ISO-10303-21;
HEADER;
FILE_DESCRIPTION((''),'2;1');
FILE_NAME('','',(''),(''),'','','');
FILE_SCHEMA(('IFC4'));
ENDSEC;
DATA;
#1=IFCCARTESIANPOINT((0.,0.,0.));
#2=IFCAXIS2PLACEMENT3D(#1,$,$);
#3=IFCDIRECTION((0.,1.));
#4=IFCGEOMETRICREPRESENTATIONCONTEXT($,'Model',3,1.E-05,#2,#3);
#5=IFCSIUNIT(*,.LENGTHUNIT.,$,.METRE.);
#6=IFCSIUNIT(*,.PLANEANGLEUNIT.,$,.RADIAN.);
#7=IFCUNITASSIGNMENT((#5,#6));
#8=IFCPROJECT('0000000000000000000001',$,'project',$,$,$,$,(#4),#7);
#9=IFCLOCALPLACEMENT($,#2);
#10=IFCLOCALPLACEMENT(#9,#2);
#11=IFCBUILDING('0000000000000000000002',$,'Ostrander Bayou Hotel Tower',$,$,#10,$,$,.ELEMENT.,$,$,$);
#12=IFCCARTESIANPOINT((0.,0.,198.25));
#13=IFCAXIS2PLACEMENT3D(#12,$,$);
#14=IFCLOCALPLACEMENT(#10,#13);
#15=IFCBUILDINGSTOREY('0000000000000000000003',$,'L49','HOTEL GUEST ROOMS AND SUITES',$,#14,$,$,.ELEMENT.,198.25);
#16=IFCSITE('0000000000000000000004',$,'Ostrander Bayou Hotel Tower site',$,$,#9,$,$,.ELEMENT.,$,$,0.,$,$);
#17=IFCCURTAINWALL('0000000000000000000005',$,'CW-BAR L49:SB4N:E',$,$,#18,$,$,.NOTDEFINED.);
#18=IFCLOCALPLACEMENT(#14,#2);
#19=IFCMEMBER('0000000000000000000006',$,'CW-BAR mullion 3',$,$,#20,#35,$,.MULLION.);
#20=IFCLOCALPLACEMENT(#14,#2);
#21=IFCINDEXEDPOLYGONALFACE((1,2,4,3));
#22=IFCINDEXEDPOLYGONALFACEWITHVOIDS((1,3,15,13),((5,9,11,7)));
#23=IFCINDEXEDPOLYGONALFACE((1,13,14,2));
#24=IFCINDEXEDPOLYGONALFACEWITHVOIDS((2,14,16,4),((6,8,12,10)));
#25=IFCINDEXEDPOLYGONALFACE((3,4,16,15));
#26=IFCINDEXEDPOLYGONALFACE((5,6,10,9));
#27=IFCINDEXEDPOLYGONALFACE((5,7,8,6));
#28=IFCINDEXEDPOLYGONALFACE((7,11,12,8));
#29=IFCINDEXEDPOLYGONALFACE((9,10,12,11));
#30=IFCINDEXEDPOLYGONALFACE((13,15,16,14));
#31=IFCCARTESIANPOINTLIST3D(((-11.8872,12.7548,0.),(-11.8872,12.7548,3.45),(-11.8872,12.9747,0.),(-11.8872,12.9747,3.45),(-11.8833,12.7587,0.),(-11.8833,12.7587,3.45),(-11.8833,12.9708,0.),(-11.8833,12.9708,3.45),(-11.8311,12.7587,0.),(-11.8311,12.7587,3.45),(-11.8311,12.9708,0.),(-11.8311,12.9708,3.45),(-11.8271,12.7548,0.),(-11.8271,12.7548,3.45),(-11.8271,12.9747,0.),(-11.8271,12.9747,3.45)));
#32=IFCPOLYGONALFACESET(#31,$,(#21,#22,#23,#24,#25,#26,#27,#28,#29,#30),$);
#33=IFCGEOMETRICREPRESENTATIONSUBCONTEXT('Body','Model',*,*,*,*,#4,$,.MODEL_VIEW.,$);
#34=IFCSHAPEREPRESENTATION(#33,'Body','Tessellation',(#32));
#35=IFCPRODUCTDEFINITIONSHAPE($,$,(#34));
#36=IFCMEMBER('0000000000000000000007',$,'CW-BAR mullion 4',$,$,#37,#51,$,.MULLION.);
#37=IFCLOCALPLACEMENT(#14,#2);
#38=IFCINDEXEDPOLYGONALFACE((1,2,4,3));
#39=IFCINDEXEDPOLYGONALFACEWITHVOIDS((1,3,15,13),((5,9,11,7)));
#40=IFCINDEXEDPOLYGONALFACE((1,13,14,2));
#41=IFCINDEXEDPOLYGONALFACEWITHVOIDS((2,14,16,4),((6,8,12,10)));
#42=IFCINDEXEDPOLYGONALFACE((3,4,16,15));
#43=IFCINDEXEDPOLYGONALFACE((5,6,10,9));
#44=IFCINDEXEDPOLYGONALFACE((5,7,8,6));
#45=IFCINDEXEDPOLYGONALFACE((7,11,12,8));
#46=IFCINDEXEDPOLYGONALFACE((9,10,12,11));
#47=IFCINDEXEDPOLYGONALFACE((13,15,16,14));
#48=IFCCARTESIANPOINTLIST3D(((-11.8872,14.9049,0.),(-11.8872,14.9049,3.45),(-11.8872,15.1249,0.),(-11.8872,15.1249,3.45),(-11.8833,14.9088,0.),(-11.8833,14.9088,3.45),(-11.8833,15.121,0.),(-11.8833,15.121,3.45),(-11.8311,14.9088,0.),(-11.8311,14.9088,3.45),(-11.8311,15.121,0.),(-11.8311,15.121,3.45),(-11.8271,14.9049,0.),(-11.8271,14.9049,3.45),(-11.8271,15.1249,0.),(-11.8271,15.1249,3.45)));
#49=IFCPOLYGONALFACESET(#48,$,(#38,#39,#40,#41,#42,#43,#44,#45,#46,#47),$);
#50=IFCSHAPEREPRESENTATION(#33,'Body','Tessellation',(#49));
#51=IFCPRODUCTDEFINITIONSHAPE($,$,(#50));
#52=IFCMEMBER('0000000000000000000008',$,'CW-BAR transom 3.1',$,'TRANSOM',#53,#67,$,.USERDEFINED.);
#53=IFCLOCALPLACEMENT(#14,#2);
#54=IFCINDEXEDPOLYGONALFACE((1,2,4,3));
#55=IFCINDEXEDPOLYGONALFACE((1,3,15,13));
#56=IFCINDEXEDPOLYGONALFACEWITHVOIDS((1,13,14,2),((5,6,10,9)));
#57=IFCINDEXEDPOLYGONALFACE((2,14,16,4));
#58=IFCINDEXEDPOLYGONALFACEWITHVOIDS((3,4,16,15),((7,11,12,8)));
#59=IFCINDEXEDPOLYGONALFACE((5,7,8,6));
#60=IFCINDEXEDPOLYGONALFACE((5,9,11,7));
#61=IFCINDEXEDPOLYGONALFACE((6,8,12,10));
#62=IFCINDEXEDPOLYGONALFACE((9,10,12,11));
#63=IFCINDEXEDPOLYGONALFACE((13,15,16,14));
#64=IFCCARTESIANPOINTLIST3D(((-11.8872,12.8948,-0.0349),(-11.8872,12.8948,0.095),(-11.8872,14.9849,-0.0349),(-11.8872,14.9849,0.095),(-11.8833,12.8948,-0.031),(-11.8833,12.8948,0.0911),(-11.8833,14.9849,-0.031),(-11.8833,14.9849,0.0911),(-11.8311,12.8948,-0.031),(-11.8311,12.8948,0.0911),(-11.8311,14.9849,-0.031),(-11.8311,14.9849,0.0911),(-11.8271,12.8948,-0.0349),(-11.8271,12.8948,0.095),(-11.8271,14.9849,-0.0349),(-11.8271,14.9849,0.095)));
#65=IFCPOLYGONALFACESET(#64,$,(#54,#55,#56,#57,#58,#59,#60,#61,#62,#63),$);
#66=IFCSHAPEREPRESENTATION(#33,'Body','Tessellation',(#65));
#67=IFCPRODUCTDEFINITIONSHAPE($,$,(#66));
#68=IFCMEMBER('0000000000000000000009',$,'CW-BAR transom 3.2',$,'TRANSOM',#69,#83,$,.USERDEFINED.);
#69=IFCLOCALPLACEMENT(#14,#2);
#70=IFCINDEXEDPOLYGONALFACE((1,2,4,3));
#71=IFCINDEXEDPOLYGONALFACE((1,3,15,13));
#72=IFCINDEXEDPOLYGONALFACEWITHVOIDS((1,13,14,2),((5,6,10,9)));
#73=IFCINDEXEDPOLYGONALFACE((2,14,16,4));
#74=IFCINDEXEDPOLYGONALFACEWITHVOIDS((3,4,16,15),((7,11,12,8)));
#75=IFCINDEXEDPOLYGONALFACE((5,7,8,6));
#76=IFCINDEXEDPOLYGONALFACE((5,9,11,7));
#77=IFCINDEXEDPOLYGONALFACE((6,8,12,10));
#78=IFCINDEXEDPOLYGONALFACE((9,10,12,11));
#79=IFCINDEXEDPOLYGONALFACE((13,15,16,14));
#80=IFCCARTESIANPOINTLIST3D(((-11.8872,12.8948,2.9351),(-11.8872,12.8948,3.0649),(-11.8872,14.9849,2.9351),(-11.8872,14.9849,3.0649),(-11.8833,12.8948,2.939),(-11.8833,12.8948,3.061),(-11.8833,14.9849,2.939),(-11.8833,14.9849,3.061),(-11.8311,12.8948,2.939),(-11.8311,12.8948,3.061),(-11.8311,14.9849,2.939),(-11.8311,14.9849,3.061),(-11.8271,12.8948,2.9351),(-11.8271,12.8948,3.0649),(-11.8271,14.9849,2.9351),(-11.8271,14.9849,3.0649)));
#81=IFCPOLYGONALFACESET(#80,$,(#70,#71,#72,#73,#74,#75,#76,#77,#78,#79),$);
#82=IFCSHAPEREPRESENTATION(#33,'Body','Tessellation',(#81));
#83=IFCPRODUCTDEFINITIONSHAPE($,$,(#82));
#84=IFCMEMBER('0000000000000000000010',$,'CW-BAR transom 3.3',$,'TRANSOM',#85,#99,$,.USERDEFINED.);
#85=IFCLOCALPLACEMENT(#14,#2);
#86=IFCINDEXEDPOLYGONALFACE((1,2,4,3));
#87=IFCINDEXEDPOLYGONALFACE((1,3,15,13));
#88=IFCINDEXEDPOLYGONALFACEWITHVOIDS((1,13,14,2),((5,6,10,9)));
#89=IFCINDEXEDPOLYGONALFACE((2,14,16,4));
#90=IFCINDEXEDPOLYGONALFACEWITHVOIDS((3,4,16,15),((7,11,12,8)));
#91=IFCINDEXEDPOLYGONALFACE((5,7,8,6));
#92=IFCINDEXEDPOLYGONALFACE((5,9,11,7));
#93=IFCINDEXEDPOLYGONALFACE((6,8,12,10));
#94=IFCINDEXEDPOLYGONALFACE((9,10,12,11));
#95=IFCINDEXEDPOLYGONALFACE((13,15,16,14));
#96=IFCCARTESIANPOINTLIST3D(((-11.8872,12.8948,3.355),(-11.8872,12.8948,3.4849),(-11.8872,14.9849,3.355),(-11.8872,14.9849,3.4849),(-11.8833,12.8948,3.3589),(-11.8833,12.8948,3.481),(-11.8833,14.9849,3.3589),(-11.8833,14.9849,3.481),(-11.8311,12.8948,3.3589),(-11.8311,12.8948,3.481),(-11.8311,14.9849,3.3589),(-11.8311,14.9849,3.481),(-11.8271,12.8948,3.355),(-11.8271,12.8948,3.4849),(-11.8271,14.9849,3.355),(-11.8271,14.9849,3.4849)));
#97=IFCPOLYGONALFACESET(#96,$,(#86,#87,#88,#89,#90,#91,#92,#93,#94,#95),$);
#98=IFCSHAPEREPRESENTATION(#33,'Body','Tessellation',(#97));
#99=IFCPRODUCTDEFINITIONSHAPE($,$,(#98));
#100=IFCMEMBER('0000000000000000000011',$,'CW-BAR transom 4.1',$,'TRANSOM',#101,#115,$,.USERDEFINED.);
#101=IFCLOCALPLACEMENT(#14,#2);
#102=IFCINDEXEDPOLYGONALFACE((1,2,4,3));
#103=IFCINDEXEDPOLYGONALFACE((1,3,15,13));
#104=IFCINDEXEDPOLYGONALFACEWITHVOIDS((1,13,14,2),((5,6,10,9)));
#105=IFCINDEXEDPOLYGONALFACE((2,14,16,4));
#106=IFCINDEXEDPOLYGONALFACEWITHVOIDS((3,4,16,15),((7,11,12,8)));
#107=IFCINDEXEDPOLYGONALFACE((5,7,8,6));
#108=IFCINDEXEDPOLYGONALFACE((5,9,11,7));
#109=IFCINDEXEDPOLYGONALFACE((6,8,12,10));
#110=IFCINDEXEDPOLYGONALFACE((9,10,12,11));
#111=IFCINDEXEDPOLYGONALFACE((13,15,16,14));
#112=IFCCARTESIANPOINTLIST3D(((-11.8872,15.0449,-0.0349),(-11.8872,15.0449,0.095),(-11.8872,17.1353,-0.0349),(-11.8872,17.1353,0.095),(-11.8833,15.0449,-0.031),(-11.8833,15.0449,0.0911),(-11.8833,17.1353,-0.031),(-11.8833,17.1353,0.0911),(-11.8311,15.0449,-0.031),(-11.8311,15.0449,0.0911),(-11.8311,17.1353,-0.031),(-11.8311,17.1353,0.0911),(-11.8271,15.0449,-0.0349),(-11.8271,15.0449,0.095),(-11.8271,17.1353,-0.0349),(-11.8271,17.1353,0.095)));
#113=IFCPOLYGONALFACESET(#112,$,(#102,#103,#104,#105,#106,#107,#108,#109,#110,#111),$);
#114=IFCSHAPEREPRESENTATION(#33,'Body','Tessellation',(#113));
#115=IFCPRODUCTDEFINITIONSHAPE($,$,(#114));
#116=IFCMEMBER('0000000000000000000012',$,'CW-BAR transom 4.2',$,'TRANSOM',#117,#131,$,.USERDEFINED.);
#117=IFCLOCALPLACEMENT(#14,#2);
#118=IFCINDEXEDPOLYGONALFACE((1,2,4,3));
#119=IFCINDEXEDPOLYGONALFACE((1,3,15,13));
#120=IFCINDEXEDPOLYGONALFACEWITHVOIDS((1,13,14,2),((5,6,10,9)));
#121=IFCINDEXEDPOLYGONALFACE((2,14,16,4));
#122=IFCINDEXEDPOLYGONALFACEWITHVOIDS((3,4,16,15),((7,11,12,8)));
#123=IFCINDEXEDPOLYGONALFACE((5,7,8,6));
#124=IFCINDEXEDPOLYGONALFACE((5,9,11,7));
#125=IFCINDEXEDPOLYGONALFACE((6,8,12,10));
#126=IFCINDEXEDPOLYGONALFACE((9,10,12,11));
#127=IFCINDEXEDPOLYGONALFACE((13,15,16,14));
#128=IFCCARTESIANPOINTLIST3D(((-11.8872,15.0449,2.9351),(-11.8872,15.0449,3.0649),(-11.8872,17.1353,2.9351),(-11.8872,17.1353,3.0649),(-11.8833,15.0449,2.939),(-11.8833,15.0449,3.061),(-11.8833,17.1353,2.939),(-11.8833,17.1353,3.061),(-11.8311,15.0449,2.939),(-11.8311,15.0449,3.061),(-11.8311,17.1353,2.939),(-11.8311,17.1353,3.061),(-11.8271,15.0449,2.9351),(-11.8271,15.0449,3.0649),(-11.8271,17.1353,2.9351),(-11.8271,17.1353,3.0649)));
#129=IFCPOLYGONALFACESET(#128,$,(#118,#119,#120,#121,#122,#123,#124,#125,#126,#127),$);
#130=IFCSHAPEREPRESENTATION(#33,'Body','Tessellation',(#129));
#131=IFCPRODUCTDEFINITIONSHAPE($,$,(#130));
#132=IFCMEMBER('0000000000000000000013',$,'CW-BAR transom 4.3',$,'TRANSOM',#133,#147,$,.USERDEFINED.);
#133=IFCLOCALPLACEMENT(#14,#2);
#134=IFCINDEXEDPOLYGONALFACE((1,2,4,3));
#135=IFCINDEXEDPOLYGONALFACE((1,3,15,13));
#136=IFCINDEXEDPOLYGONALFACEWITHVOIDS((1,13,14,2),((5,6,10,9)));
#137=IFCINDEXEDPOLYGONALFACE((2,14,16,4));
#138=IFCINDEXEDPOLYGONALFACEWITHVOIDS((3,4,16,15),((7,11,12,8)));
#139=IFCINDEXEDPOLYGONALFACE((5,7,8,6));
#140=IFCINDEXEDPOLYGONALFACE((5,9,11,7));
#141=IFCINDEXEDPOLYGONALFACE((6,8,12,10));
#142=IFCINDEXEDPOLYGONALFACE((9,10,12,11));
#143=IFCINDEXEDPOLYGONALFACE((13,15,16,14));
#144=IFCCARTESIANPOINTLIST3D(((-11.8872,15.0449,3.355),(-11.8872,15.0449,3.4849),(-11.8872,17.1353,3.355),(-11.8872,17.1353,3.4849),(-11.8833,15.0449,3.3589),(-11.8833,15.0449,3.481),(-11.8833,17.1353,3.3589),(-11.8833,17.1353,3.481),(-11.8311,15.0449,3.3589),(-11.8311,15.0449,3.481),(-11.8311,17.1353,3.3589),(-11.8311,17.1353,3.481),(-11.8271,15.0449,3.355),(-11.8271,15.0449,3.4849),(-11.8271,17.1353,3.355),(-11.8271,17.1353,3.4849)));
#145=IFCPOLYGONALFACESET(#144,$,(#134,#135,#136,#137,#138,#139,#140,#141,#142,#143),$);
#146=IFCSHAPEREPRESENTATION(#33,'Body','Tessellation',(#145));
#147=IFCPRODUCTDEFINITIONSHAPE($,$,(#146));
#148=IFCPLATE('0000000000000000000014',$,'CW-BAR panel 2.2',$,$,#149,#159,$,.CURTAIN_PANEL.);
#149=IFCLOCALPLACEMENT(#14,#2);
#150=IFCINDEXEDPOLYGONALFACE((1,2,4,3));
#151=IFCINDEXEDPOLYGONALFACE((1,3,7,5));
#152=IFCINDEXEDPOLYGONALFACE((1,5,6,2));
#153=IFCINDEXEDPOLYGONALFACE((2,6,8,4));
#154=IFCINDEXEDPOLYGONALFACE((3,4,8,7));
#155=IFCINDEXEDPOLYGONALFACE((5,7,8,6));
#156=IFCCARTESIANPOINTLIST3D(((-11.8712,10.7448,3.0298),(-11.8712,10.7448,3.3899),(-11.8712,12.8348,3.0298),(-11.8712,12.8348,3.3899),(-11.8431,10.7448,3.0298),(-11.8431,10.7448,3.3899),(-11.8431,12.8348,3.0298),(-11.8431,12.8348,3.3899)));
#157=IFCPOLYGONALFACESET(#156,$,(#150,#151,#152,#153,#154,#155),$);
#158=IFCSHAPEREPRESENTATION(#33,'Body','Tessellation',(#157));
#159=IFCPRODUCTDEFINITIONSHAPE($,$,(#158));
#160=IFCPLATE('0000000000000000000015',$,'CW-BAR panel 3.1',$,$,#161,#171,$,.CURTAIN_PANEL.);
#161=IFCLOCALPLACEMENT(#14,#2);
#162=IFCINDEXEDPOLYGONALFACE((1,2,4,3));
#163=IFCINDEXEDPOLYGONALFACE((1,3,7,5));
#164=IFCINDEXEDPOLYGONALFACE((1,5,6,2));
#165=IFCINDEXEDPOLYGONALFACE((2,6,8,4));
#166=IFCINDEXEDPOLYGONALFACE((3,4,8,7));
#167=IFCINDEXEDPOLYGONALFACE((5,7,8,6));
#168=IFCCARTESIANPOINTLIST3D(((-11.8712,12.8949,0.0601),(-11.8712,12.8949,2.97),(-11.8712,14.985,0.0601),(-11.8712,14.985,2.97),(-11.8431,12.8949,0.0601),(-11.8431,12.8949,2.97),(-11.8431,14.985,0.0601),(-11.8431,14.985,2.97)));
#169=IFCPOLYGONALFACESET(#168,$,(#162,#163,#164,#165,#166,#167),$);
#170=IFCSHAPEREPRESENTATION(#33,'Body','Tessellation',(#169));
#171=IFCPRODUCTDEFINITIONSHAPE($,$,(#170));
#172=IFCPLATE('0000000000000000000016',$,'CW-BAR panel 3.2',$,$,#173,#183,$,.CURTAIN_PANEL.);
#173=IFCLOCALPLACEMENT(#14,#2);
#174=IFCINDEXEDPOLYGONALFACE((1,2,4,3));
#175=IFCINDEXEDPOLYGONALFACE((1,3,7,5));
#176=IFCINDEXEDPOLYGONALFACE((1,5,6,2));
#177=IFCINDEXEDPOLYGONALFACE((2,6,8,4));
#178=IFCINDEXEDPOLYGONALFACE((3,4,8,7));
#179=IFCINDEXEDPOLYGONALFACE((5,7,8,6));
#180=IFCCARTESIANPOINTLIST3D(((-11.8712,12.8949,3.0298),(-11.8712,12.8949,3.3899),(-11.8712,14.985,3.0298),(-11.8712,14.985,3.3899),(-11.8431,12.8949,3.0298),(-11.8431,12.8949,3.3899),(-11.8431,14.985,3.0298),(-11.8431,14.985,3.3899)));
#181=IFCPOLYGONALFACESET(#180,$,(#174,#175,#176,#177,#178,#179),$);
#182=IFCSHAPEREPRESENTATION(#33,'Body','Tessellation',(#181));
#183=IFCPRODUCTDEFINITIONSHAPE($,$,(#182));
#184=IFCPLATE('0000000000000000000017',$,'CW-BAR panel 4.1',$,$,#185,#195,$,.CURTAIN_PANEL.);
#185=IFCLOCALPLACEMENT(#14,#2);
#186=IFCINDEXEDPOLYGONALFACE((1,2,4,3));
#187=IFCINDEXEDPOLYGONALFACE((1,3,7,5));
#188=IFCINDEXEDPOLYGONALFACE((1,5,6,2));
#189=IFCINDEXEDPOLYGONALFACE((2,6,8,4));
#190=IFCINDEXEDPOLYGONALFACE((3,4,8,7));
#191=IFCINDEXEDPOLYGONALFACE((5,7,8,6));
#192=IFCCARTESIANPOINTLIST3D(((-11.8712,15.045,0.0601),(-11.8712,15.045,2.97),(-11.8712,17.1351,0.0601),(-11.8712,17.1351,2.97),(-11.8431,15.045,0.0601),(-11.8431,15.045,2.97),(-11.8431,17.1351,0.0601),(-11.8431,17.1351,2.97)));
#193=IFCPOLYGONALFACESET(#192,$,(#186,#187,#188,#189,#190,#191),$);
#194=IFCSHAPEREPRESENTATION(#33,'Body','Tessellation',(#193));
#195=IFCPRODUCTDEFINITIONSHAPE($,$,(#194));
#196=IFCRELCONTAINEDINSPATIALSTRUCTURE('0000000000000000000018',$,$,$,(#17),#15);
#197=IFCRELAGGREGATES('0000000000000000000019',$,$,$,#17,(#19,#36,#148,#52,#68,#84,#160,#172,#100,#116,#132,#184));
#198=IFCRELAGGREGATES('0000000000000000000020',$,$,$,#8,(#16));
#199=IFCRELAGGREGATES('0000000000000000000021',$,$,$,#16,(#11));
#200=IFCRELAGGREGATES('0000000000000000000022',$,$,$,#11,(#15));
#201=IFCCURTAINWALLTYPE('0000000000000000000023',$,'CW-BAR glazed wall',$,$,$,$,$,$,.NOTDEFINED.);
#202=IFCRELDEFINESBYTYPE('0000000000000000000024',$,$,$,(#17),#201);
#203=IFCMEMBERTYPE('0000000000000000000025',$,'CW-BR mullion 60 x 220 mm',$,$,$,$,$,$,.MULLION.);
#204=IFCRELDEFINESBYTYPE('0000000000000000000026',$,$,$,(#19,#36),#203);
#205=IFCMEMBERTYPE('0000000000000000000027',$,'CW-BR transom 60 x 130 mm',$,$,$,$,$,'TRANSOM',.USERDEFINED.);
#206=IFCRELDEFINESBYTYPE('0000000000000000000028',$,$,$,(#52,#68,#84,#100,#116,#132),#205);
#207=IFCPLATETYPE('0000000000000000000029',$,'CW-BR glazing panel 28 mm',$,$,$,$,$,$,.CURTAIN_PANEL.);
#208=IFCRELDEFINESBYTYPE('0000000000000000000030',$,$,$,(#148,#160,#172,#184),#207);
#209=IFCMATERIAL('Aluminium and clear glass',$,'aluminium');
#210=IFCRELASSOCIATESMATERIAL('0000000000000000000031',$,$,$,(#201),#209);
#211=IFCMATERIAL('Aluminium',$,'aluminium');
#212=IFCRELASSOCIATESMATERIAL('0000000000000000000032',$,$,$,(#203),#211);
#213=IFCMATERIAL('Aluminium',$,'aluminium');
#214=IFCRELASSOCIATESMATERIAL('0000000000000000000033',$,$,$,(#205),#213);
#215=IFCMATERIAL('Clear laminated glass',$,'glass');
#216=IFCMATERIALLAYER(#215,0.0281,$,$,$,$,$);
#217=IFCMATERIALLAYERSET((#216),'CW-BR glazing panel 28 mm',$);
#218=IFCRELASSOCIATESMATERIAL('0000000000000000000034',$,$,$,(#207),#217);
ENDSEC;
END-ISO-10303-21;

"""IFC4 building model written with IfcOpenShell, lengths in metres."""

from ifc_helpers import new_model, si_unit, direction, frame, origin, origin_2d, place, context, subcontext, project, spatial, rectangle, hollow_rectangle, extrude, material, layer, layer_set, material_profile, profile_set, type_object, element, aggregate, save


model = new_model("IFC4")

# Units and contexts
model_context = context("Model", 3, precision=1e-05, world=origin(), true_north=direction((0.0, 1.0)))
body_context = subcontext(model_context, "Body", "Model", "MODEL_VIEW")
ifc_project = project(units=[si_unit("LENGTHUNIT", "METRE"), si_unit("PLANEANGLEUNIT", "RADIAN")], contexts=[model_context])

# Site, building, storey
site_placement = place(None, origin())
site = spatial("IfcSite", under=ifc_project, at=site_placement, Name="Ostrander Bayou Hotel Tower site", CompositionType="ELEMENT", RefElevation=0.0)
building_placement = place(site_placement, origin())
building = spatial("IfcBuilding", under=site, at=building_placement, Name="Ostrander Bayou Hotel Tower", CompositionType="ELEMENT")
storey_placement = place(building_placement, frame((0.0, 0.0, 198.25)))
storey = spatial("IfcBuildingStorey", under=building, at=storey_placement, Name="L49", Description="HOTEL GUEST ROOMS AND SUITES", CompositionType="ELEMENT", Elevation=198.25)

# Curtain wall, members, plates
ifc_material_1 = material(Name="Aluminium and clear glass", Category="aluminium")
curtain_wall_type = type_object("IfcCurtainWallType", Name="CW-BAR glazed wall", PredefinedType="NOTDEFINED", material=ifc_material_1)
curtain_wall_placement = place(storey_placement, origin())
curtain_wall = element("IfcCurtainWall", 1, at=curtain_wall_placement, inside=storey, type_object=curtain_wall_type, Name="CW-BAR L49:SB4N:E", PredefinedType="NOTDEFINED")
ifc_material_2 = material(Name="Aluminium", Category="aluminium")
ifc_material_profile_1 = material_profile(ifc_material_2, hollow_rectangle(XDim=0.0601, YDim=0.22, WallThickness=0.0039, at=origin_2d()))
ifc_profile_set_1 = profile_set([ifc_material_profile_1], Name="Aluminium")
member_type_1 = type_object("IfcMemberType", Name="CW-BR mullion 60 x 220 mm", PredefinedType="MULLION", material=ifc_profile_set_1)
member_1_placement = place(storey_placement, frame((-11.8572, 12.8647, 0.0), z_axis=(0.0, 0.0, 1.0), x_axis=(-1.0, 0.0, 0.0)))
member_1 = element("IfcMember", 2, at=member_1_placement, type_object=member_type_1, Name="CW-BAR mullion 3", PredefinedType="MULLION", context=body_context, shape_type="SweptSolid", body=[
    extrude(hollow_rectangle(XDim=0.0601, YDim=0.22, WallThickness=0.0039, at=origin_2d()), origin(), (0.0, 0.0, 1.0), 3.45),
])
member_2_placement = place(storey_placement, frame((-11.8572, 15.0149, 0.0), z_axis=(0.0, 0.0, 1.0), x_axis=(-1.0, 0.0, 0.0)))
member_2 = element("IfcMember", 3, at=member_2_placement, type_object=member_type_1, Name="CW-BAR mullion 4", PredefinedType="MULLION", context=body_context, shape_type="SweptSolid", body=[
    extrude(hollow_rectangle(XDim=0.0601, YDim=0.22, WallThickness=0.0039, at=origin_2d()), origin(), (0.0, 0.0, 1.0), 3.45),
])
ifc_material_3 = material(Name="Aluminium", Category="aluminium")
ifc_material_profile_2 = material_profile(ifc_material_3, hollow_rectangle(XDim=0.0601, YDim=0.1299, WallThickness=0.0039, at=origin_2d()))
ifc_profile_set_2 = profile_set([ifc_material_profile_2], Name="Aluminium")
member_type_2 = type_object("IfcMemberType", Name="CW-BR transom 60 x 130 mm", ElementType="TRANSOM", PredefinedType="USERDEFINED", material=ifc_profile_set_2)
member_3_placement = place(storey_placement, frame((-11.8572, 12.8948, 0.03), z_axis=(0.0, 1.0, 0.0), x_axis=(-1.0, 0.0, 0.0)))
member_3 = element("IfcMember", 4, at=member_3_placement, type_object=member_type_2, Name="CW-BAR transom 3.1", ObjectType="TRANSOM", PredefinedType="USERDEFINED", context=body_context, shape_type="SweptSolid", body=[
    extrude(hollow_rectangle(XDim=0.0601, YDim=0.1299, WallThickness=0.0039, at=origin_2d()), origin(), (0.0, 0.0, 1.0), 2.0901),
])
member_4_placement = place(storey_placement, frame((-11.8572, 12.8948, 3.0), z_axis=(0.0, 1.0, 0.0), x_axis=(-1.0, 0.0, 0.0)))
member_4 = element("IfcMember", 5, at=member_4_placement, type_object=member_type_2, Name="CW-BAR transom 3.2", ObjectType="TRANSOM", PredefinedType="USERDEFINED", context=body_context, shape_type="SweptSolid", body=[
    extrude(hollow_rectangle(XDim=0.0601, YDim=0.1299, WallThickness=0.0039, at=origin_2d()), origin(), (0.0, 0.0, 1.0), 2.0901),
])
member_5_placement = place(storey_placement, frame((-11.8572, 12.8948, 3.4199), z_axis=(0.0, 1.0, 0.0), x_axis=(-1.0, 0.0, 0.0)))
member_5 = element("IfcMember", 6, at=member_5_placement, type_object=member_type_2, Name="CW-BAR transom 3.3", ObjectType="TRANSOM", PredefinedType="USERDEFINED", context=body_context, shape_type="SweptSolid", body=[
    extrude(hollow_rectangle(XDim=0.0601, YDim=0.1299, WallThickness=0.0039, at=origin_2d()), origin(), (0.0, 0.0, 1.0), 2.0901),
])
member_6_placement = place(storey_placement, frame((-11.8572, 15.0449, 0.03), z_axis=(0.0, 1.0, 0.0), x_axis=(-1.0, 0.0, 0.0)))
member_6 = element("IfcMember", 7, at=member_6_placement, type_object=member_type_2, Name="CW-BAR transom 4.1", ObjectType="TRANSOM", PredefinedType="USERDEFINED", context=body_context, shape_type="SweptSolid", body=[
    extrude(hollow_rectangle(XDim=0.0601, YDim=0.1299, WallThickness=0.0039, at=origin_2d()), origin(), (0.0, 0.0, 1.0), 2.0903),
])
member_7_placement = place(storey_placement, frame((-11.8572, 15.0449, 3.0), z_axis=(0.0, 1.0, 0.0), x_axis=(-1.0, 0.0, 0.0)))
member_7 = element("IfcMember", 8, at=member_7_placement, type_object=member_type_2, Name="CW-BAR transom 4.2", ObjectType="TRANSOM", PredefinedType="USERDEFINED", context=body_context, shape_type="SweptSolid", body=[
    extrude(hollow_rectangle(XDim=0.0601, YDim=0.1299, WallThickness=0.0039, at=origin_2d()), origin(), (0.0, 0.0, 1.0), 2.0903),
])
member_8_placement = place(storey_placement, frame((-11.8572, 15.0449, 3.4199), z_axis=(0.0, 1.0, 0.0), x_axis=(-1.0, 0.0, 0.0)))
member_8 = element("IfcMember", 9, at=member_8_placement, type_object=member_type_2, Name="CW-BAR transom 4.3", ObjectType="TRANSOM", PredefinedType="USERDEFINED", context=body_context, shape_type="SweptSolid", body=[
    extrude(hollow_rectangle(XDim=0.0601, YDim=0.1299, WallThickness=0.0039, at=origin_2d()), origin(), (0.0, 0.0, 1.0), 2.0903),
])
ifc_material_4 = material(Name="Clear laminated glass", Category="glass")
ifc_layer_1 = layer(ifc_material_4, 0.0281)
ifc_layer_set_1 = layer_set([ifc_layer_1], Name="CW-BR glazing panel 28 mm")
plate_type = type_object("IfcPlateType", Name="CW-BR glazing panel 28 mm", PredefinedType="CURTAIN_PANEL", material=ifc_layer_set_1)
plate_1_placement = place(storey_placement, frame((-11.8572, 11.7898, 3.0298), z_axis=(0.0, 0.0, 1.0), x_axis=(0.0, 1.0, 0.0)))
plate_1 = element("IfcPlate", 10, at=plate_1_placement, type_object=plate_type, Name="CW-BAR panel 2.2", PredefinedType="CURTAIN_PANEL", context=body_context, shape_type="SweptSolid", body=[
    extrude(rectangle(XDim=2.0901, YDim=0.0281, at=origin_2d()), origin(), (0.0, 0.0, 1.0), 0.3601),
])
plate_2_placement = place(storey_placement, frame((-11.8572, 13.9399, 0.0601), z_axis=(0.0, 0.0, 1.0), x_axis=(0.0, 1.0, 0.0)))
plate_2 = element("IfcPlate", 11, at=plate_2_placement, type_object=plate_type, Name="CW-BAR panel 3.1", PredefinedType="CURTAIN_PANEL", context=body_context, shape_type="SweptSolid", body=[
    extrude(rectangle(XDim=2.0901, YDim=0.0281, at=origin_2d()), origin(), (0.0, 0.0, 1.0), 2.9099),
])
plate_3_placement = place(storey_placement, frame((-11.8572, 13.9399, 3.0298), z_axis=(0.0, 0.0, 1.0), x_axis=(0.0, 1.0, 0.0)))
plate_3 = element("IfcPlate", 12, at=plate_3_placement, type_object=plate_type, Name="CW-BAR panel 3.2", PredefinedType="CURTAIN_PANEL", context=body_context, shape_type="SweptSolid", body=[
    extrude(rectangle(XDim=2.0901, YDim=0.0281, at=origin_2d()), origin(), (0.0, 0.0, 1.0), 0.3601),
])
plate_4_placement = place(storey_placement, frame((-11.8572, 16.0901, 0.0601), z_axis=(0.0, 0.0, 1.0), x_axis=(0.0, 1.0, 0.0)))
plate_4 = element("IfcPlate", 13, at=plate_4_placement, type_object=plate_type, Name="CW-BAR panel 4.1", PredefinedType="CURTAIN_PANEL", context=body_context, shape_type="SweptSolid", body=[
    extrude(rectangle(XDim=2.0901, YDim=0.0281, at=origin_2d()), origin(), (0.0, 0.0, 1.0), 2.9099),
])
aggregate(curtain_wall, [member_1, member_2, plate_1, member_3, member_4, member_5, plate_2, plate_3, member_6, member_7, member_8, plate_4])

save(model, "model.ifc")
